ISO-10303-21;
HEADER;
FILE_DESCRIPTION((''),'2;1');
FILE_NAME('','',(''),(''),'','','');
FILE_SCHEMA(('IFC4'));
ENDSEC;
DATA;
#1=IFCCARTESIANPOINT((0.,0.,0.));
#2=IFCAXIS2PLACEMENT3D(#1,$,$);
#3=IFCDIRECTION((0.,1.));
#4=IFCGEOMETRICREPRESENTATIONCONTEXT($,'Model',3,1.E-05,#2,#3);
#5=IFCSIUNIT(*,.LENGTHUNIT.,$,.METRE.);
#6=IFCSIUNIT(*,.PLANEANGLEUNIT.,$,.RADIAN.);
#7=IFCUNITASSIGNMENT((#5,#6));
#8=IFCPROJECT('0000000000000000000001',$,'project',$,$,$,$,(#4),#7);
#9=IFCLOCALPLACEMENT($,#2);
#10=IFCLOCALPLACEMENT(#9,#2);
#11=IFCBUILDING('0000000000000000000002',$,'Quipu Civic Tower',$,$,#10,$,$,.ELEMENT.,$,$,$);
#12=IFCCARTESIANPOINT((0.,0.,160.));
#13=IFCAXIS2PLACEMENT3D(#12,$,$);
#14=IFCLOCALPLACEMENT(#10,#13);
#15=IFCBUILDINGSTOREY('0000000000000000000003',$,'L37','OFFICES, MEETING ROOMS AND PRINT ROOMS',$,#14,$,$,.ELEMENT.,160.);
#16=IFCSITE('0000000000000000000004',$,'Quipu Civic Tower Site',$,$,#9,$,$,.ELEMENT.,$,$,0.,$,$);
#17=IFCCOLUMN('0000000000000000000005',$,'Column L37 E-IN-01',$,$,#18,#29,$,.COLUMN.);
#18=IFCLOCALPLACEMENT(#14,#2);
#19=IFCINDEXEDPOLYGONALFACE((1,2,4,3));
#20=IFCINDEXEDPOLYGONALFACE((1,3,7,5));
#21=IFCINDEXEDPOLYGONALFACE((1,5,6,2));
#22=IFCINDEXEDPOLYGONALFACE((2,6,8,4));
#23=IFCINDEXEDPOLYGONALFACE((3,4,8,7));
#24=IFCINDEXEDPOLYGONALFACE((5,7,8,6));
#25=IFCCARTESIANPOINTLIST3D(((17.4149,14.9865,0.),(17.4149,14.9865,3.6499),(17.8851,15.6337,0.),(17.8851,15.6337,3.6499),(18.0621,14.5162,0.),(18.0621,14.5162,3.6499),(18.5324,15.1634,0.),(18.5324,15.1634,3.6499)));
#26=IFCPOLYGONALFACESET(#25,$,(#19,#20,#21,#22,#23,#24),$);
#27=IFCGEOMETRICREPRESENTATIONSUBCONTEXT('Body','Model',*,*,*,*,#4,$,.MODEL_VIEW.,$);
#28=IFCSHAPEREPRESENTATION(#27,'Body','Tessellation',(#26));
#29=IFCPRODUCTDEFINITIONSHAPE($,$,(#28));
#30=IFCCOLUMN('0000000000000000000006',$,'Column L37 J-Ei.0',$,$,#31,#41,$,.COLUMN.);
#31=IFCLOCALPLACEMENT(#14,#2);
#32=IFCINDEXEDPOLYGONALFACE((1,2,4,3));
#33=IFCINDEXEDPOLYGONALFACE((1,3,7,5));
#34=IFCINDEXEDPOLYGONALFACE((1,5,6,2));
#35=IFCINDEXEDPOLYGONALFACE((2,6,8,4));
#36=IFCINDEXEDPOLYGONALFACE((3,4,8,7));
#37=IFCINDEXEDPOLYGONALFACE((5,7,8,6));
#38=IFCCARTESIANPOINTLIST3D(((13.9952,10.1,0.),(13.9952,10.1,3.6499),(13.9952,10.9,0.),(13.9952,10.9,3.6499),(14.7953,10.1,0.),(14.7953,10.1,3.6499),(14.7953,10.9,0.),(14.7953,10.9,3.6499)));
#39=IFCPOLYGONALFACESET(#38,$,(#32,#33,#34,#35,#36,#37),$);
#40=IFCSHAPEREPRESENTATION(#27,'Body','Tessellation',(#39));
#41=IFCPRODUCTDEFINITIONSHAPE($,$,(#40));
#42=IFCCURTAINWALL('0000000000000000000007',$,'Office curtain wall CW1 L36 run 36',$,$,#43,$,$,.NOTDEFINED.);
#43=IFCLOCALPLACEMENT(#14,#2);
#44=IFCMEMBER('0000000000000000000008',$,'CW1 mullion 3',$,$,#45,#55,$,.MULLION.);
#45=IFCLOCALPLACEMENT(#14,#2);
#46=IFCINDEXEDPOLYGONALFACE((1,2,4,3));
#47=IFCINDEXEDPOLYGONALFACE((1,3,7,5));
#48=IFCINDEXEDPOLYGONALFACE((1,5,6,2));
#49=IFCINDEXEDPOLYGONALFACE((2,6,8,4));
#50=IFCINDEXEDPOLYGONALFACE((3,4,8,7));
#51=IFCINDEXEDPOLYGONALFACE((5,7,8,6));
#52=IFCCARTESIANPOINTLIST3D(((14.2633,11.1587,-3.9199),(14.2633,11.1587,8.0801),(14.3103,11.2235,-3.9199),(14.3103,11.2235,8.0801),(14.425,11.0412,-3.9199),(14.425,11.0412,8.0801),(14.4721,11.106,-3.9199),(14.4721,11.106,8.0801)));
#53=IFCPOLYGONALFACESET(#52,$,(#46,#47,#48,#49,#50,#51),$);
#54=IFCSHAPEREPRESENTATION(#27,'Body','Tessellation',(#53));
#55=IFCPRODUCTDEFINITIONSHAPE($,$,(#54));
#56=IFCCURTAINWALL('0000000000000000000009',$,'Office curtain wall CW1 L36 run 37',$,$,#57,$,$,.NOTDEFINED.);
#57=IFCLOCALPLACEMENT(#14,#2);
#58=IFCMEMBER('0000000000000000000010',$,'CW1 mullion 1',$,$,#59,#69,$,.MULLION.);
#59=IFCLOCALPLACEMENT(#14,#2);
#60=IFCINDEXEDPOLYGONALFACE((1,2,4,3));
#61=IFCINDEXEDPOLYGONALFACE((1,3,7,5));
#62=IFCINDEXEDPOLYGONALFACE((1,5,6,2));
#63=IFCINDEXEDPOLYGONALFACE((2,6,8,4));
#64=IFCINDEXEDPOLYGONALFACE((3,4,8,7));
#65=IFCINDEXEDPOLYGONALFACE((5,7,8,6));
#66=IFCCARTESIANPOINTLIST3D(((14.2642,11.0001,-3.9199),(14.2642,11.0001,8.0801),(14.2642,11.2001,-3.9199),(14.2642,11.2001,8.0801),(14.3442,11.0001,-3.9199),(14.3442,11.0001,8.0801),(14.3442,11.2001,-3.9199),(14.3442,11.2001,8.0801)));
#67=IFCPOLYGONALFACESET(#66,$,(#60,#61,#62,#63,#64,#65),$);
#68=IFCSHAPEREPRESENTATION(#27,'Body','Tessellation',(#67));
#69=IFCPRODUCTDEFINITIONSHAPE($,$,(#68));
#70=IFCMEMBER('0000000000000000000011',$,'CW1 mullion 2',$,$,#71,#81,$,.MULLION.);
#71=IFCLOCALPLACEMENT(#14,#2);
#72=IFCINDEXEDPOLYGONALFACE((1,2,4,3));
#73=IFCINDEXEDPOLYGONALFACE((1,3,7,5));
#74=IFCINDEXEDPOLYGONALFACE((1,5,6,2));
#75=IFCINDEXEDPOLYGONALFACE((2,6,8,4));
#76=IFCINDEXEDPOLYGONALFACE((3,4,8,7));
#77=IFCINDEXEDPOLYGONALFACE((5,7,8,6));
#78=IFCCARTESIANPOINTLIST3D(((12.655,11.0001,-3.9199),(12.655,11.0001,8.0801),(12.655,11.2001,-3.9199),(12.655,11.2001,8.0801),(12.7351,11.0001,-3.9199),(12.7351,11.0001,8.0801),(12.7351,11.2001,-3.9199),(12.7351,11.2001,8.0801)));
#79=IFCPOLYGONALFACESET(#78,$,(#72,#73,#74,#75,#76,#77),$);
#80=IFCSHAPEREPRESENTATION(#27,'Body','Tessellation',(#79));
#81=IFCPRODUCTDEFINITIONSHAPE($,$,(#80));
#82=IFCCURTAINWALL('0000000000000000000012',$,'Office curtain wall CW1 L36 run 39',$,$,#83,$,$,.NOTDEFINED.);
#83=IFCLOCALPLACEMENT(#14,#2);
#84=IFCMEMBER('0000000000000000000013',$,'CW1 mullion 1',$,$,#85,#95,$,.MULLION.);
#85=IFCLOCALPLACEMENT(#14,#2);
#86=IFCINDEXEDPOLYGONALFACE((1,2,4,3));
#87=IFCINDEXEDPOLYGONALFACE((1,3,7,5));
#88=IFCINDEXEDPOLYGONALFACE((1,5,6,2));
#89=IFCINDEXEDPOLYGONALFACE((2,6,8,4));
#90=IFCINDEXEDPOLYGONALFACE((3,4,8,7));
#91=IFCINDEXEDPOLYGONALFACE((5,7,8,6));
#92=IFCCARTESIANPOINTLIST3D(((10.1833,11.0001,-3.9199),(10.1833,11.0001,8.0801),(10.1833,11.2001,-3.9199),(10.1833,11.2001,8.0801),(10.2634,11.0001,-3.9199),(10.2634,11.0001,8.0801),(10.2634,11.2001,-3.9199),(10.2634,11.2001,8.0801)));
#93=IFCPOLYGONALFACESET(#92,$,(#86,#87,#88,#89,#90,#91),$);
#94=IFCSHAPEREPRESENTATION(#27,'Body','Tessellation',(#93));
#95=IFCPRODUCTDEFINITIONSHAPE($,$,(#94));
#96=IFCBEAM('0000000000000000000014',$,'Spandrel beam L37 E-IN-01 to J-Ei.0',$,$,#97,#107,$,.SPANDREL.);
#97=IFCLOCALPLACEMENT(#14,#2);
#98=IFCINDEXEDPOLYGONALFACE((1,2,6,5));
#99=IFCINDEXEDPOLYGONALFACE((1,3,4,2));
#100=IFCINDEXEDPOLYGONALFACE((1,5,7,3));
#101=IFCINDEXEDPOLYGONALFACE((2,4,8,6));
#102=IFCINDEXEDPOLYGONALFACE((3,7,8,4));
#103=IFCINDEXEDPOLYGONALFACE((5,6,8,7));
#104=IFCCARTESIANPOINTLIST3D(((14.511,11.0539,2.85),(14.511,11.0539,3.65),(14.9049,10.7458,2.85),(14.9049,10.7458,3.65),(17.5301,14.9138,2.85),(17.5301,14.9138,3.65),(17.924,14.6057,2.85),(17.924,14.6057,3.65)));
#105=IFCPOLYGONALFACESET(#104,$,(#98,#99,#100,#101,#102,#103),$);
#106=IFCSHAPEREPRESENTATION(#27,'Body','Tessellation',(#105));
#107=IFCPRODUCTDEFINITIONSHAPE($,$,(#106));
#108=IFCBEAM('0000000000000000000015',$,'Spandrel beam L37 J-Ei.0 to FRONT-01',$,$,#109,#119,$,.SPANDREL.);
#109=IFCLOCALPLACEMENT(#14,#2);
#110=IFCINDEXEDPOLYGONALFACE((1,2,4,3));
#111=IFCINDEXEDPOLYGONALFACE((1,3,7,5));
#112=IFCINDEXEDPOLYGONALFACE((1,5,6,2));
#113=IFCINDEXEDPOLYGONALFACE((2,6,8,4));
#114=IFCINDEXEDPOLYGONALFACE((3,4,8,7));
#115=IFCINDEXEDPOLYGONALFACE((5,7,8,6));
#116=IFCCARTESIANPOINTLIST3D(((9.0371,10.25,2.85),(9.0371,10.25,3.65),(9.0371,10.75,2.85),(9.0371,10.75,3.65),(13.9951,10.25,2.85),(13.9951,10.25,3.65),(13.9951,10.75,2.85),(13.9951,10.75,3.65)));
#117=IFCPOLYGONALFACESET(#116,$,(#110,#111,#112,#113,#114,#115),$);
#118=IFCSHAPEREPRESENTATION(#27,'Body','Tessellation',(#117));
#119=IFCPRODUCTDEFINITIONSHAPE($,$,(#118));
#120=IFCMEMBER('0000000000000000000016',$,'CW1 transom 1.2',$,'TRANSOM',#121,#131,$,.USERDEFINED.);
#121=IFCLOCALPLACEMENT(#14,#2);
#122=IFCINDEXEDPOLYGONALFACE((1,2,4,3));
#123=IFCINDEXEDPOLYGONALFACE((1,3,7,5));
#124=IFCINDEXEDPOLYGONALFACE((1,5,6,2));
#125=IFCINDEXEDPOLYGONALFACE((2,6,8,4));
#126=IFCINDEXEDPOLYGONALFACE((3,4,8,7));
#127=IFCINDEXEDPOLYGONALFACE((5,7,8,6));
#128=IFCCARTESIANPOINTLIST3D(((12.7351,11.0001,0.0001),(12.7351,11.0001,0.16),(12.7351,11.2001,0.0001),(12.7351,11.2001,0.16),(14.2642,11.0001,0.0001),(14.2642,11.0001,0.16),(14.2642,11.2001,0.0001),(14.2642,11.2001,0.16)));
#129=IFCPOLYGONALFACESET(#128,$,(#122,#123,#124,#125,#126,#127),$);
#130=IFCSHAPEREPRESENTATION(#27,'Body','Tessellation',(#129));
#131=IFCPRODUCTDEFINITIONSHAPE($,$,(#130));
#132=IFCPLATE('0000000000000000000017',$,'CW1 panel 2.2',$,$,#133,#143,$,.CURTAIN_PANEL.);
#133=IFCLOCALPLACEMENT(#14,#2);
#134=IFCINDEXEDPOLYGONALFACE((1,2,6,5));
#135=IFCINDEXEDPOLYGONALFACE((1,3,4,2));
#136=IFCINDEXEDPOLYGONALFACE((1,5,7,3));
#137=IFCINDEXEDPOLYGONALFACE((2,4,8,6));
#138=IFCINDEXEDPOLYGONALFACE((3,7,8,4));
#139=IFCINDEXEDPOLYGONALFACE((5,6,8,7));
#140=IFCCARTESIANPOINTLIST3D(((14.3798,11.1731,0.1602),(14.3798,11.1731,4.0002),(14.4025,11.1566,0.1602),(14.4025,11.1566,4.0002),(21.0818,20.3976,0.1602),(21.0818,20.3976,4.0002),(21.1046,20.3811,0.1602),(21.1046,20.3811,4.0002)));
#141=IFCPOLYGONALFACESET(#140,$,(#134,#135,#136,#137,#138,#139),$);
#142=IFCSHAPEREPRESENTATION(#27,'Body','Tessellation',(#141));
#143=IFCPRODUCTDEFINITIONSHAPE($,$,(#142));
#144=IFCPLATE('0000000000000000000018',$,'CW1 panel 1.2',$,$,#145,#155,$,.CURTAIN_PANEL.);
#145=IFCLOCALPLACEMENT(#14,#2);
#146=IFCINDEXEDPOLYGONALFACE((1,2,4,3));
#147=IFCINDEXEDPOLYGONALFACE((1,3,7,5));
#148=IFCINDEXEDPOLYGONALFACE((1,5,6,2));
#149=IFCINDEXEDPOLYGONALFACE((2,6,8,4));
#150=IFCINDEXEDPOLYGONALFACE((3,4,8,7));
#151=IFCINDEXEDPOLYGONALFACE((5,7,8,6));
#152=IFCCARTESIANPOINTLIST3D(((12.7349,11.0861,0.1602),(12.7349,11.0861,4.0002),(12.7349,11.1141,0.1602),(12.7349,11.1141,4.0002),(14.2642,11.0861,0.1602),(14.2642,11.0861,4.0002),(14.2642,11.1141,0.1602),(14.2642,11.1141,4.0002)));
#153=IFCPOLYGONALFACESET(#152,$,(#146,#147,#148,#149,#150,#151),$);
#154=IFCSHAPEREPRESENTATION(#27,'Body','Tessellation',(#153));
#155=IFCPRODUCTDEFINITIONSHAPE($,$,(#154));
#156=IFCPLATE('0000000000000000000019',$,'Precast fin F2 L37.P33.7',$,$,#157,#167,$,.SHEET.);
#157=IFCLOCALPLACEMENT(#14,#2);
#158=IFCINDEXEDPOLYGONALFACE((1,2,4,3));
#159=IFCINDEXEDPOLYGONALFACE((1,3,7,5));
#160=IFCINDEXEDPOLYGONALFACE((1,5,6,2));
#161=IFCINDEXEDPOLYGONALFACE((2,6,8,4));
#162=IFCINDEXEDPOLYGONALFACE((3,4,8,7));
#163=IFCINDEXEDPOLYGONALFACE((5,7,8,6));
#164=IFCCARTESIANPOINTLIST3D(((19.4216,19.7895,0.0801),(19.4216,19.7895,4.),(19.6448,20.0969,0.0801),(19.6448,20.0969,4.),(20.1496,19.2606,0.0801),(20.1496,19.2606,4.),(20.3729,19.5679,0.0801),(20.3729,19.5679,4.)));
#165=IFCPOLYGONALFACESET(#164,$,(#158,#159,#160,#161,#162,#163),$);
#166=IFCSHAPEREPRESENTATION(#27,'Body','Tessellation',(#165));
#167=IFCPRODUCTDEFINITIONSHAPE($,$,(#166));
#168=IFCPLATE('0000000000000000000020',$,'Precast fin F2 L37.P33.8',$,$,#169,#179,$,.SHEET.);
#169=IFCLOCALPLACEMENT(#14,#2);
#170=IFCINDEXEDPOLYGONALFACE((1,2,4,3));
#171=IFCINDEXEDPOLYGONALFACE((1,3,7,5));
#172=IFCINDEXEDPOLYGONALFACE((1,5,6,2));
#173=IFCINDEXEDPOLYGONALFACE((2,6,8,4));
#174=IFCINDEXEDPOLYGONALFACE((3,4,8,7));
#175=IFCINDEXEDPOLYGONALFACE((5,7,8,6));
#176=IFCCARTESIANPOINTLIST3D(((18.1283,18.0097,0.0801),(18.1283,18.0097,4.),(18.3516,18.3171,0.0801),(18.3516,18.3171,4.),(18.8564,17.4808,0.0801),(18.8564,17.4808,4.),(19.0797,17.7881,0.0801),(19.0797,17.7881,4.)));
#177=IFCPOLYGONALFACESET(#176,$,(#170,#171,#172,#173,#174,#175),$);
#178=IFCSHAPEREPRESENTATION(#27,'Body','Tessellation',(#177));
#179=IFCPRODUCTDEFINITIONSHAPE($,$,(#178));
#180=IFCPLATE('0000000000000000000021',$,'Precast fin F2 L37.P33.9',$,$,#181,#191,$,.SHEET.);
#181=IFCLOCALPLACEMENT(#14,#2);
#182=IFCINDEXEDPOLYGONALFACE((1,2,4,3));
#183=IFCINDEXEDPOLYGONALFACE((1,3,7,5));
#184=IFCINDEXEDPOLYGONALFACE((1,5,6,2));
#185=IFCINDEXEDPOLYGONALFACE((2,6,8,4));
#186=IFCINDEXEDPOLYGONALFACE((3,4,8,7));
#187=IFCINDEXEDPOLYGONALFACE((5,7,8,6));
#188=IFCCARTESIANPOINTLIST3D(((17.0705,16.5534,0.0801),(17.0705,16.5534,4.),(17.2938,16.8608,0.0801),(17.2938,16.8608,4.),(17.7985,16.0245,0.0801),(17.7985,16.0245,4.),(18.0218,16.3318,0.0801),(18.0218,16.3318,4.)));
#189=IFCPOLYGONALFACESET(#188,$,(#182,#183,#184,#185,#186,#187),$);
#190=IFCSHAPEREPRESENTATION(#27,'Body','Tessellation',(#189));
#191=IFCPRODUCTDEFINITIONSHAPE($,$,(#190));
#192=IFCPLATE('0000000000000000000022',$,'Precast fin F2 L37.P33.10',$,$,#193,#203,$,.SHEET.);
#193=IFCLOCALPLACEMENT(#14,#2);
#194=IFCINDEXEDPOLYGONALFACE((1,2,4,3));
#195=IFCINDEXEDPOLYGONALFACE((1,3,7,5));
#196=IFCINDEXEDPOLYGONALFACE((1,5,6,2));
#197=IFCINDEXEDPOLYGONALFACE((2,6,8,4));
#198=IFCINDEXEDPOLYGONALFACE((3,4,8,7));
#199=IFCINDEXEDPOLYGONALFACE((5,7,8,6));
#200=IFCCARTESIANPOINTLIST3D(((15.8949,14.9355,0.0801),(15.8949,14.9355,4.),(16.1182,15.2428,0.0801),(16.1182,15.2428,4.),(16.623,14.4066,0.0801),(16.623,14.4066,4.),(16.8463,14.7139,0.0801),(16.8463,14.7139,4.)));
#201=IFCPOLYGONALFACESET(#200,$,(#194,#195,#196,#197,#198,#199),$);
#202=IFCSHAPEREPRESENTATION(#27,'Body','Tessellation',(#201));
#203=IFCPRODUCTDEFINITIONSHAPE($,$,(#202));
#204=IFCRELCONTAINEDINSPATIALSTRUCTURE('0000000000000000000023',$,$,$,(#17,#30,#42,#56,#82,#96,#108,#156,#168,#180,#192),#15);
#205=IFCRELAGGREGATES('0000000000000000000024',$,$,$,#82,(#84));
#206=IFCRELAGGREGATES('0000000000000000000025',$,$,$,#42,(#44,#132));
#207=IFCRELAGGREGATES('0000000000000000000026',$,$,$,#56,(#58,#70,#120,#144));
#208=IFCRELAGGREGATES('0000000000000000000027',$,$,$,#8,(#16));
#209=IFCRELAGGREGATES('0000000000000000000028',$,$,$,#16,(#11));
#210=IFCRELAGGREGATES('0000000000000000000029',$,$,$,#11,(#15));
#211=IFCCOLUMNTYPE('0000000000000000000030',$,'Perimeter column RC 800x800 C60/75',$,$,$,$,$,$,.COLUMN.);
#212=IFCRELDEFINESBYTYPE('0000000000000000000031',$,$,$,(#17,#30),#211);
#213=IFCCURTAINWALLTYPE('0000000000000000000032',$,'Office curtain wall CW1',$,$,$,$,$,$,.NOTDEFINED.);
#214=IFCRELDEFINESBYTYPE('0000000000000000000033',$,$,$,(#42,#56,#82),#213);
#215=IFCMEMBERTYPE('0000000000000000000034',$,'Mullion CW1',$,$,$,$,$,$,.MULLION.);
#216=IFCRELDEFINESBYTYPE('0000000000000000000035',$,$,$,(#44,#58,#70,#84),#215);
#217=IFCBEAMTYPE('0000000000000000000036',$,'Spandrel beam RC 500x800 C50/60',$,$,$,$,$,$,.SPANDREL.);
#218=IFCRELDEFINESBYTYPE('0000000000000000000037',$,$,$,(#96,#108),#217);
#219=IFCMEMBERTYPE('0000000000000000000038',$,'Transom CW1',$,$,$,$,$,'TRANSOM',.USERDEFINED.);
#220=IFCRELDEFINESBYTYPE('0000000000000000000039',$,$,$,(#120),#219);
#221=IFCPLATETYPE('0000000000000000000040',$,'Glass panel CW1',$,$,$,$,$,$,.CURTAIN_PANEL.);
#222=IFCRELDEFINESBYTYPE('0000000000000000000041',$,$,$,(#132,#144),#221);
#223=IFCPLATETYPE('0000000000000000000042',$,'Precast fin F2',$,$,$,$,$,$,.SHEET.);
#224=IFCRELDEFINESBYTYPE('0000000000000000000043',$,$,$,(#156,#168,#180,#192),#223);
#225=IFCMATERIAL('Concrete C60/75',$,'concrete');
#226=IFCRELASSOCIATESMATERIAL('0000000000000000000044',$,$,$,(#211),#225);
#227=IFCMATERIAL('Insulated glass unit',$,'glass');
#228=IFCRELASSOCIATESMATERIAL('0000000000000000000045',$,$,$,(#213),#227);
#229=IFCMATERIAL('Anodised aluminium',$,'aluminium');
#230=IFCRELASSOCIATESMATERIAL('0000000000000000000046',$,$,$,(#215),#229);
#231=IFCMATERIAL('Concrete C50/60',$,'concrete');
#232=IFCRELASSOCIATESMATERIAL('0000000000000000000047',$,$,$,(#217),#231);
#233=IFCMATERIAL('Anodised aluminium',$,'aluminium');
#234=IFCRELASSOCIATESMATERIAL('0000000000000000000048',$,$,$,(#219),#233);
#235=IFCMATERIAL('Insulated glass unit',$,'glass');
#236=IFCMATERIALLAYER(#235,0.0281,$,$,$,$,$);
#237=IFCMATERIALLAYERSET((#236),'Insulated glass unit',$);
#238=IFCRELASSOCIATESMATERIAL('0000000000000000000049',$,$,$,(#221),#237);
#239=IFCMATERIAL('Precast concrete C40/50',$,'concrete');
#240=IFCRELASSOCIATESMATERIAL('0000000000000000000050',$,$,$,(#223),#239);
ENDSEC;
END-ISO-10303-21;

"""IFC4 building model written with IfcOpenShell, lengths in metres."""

from ifc_helpers import new_model, si_unit, direction, frame, origin, origin_2d, place, context, subcontext, project, spatial, rectangle, extrude, material, layer, layer_set, material_profile, profile_set, type_object, element, aggregate, save


model = new_model("IFC4")

# Units and contexts
model_context = context("Model", 3, precision=1e-05, world=origin(), true_north=direction((0.0, 1.0)))
body_context = subcontext(model_context, "Body", "Model", "MODEL_VIEW")
ifc_project = project(units=[si_unit("LENGTHUNIT", "METRE"), si_unit("PLANEANGLEUNIT", "RADIAN")], contexts=[model_context])

# Site, building, storey
site_placement = place(None, origin())
site = spatial("IfcSite", under=ifc_project, at=site_placement, Name="Quipu Civic Tower Site", CompositionType="ELEMENT", RefElevation=0.0)
building_placement = place(site_placement, origin())
building = spatial("IfcBuilding", under=site, at=building_placement, Name="Quipu Civic Tower", CompositionType="ELEMENT")
storey_placement = place(building_placement, frame((0.0, 0.0, 160.0)))
storey = spatial("IfcBuildingStorey", under=building, at=storey_placement, Name="L37", Description="OFFICES, MEETING ROOMS AND PRINT ROOMS", CompositionType="ELEMENT", Elevation=160.0)

# Columns
ifc_material_1 = material(Name="Concrete C60/75", Category="concrete")
ifc_material_profile_1 = material_profile(ifc_material_1, rectangle(XDim=0.8, YDim=0.8, at=origin_2d()), Name="RC800x800")
ifc_profile_set_1 = profile_set([ifc_material_profile_1], Name="Concrete C60/75")
column_type = type_object("IfcColumnType", Name="Perimeter column RC 800x800 C60/75", PredefinedType="COLUMN", material=ifc_profile_set_1)
for number, where, z_axis, x_axis, name in (
    (1, (17.9736, 15.075, 0.0), (0.0, 0.0, 1.0), (-0.587785, -0.809017, 0.0), "Column L37 E-IN-01"),
    (2, (14.3953, 10.5, 0.0), (0.0, 0.0, 1.0), (-1.0, 0.0, 0.0), "Column L37 J-Ei.0"),
):
    element("IfcColumn", number, at=place(storey_placement, frame(where, z_axis=z_axis, x_axis=x_axis)), inside=storey, type_object=column_type, Name=name, PredefinedType="COLUMN", context=body_context, shape_type="SweptSolid", body=[
        extrude(rectangle(XDim=0.8, YDim=0.8, at=origin_2d()), origin(), (0.0, 0.0, 1.0), 3.6499),
    ])

# Curtain wall, member
ifc_material_2 = material(Name="Insulated glass unit", Category="glass")
curtain_wall_type = type_object("IfcCurtainWallType", Name="Office curtain wall CW1", PredefinedType="NOTDEFINED", material=ifc_material_2)
curtain_wall_1_placement = place(storey_placement, origin())
curtain_wall_1 = element("IfcCurtainWall", 3, at=curtain_wall_1_placement, inside=storey, type_object=curtain_wall_type, Name="Office curtain wall CW1 L36 run 36", PredefinedType="NOTDEFINED")
ifc_material_3 = material(Name="Anodised aluminium", Category="aluminium")
ifc_material_profile_2 = material_profile(ifc_material_3, rectangle(XDim=0.2, YDim=0.0801, at=origin_2d()), Name="RECT 200x80")
ifc_profile_set_2 = profile_set([ifc_material_profile_2], Name="Anodised aluminium")
member_type_1 = type_object("IfcMemberType", Name="Mullion CW1", PredefinedType="MULLION", material=ifc_profile_set_2)
member_1_placement = place(storey_placement, frame((14.3677, 11.1323, -3.9199), z_axis=(0.0, 0.0, 1.0), x_axis=(0.809014, -0.587789, 0.0)))
member_1 = element("IfcMember", 4, at=member_1_placement, type_object=member_type_1, Name="CW1 mullion 3", PredefinedType="MULLION", context=body_context, shape_type="SweptSolid", body=[
    extrude(rectangle(XDim=0.2, YDim=0.0801, at=origin_2d()), origin(), (0.0, 0.0, 1.0), 12.0),
])

# Curtain wall, members
curtain_wall_2_placement = place(storey_placement, origin())
curtain_wall_2 = element("IfcCurtainWall", 5, at=curtain_wall_2_placement, inside=storey, type_object=curtain_wall_type, Name="Office curtain wall CW1 L36 run 37", PredefinedType="NOTDEFINED")
member_2_placement = place(storey_placement, frame((14.3042, 11.1001, -3.9199), z_axis=(0.0, 0.0, 1.0), x_axis=(0.0, -1.0, 0.0)))
member_2 = element("IfcMember", 6, at=member_2_placement, type_object=member_type_1, Name="CW1 mullion 1", PredefinedType="MULLION", context=body_context, shape_type="SweptSolid", body=[
    extrude(rectangle(XDim=0.2, YDim=0.0801, at=origin_2d()), origin(), (0.0, 0.0, 1.0), 12.0),
])
member_3_placement = place(storey_placement, frame((12.6951, 11.1001, -3.9199), z_axis=(0.0, 0.0, 1.0), x_axis=(0.0, -1.0, 0.0)))
member_3 = element("IfcMember", 7, at=member_3_placement, type_object=member_type_1, Name="CW1 mullion 2", PredefinedType="MULLION", context=body_context, shape_type="SweptSolid", body=[
    extrude(rectangle(XDim=0.2, YDim=0.0801, at=origin_2d()), origin(), (0.0, 0.0, 1.0), 12.0),
])

# Curtain wall, member
curtain_wall_3_placement = place(storey_placement, origin())
curtain_wall_3 = element("IfcCurtainWall", 8, at=curtain_wall_3_placement, inside=storey, type_object=curtain_wall_type, Name="Office curtain wall CW1 L36 run 39", PredefinedType="NOTDEFINED")
member_4_placement = place(storey_placement, frame((10.2234, 11.1001, -3.9199), z_axis=(0.0, 0.0, 1.0), x_axis=(0.0, -1.0, 0.0)))
member_4 = element("IfcMember", 9, at=member_4_placement, type_object=member_type_1, Name="CW1 mullion 1", PredefinedType="MULLION", context=body_context, shape_type="SweptSolid", body=[
    extrude(rectangle(XDim=0.2, YDim=0.0801, at=origin_2d()), origin(), (0.0, 0.0, 1.0), 12.0),
])
aggregate(curtain_wall_3, [member_4])

# Beams
ifc_material_4 = material(Name="Concrete C50/60", Category="concrete")
ifc_material_profile_3 = material_profile(ifc_material_4, rectangle(XDim=0.5, YDim=0.8, at=origin_2d()), Name="RC500x800")
ifc_profile_set_3 = profile_set([ifc_material_profile_3], Name="Concrete C50/60")
beam_type = type_object("IfcBeamType", Name="Spandrel beam RC 500x800 C50/60", PredefinedType="SPANDREL", material=ifc_profile_set_3)
beam_1_placement = place(storey_placement, frame((17.7271, 14.7598, 3.25), z_axis=(-0.616091, -0.787675, 0.0), x_axis=(0.787675, -0.616091, 0.0)))
element("IfcBeam", 10, at=beam_1_placement, inside=storey, type_object=beam_type, Name="Spandrel beam L37 E-IN-01 to J-Ei.0", PredefinedType="SPANDREL", context=body_context, shape_type="SweptSolid", body=[
    extrude(rectangle(XDim=0.5, YDim=0.8, at=origin_2d()), origin(), (0.0, 0.0, 1.0), 4.9004),
])
beam_2_placement = place(storey_placement, frame((13.9951, 10.5, 3.25), z_axis=(-1.0, 0.0, 0.0), x_axis=(0.0, -1.0, 0.0)))
element("IfcBeam", 11, at=beam_2_placement, inside=storey, type_object=beam_type, Name="Spandrel beam L37 J-Ei.0 to FRONT-01", PredefinedType="SPANDREL", context=body_context, shape_type="SweptSolid", body=[
    extrude(rectangle(XDim=0.5, YDim=0.8, at=origin_2d()), origin(), (0.0, 0.0, 1.0), 4.958),
])

# Member
ifc_material_5 = material(Name="Anodised aluminium", Category="aluminium")
ifc_material_profile_4 = material_profile(ifc_material_5, rectangle(XDim=0.2, YDim=0.1599, at=origin_2d()), Name="RECT 200x160")
ifc_profile_set_4 = profile_set([ifc_material_profile_4], Name="Anodised aluminium")
member_type_2 = type_object("IfcMemberType", Name="Transom CW1", ElementType="TRANSOM", PredefinedType="USERDEFINED", material=ifc_profile_set_4)
member_5_placement = place(storey_placement, frame((14.2642, 11.1001, 0.0801), z_axis=(-1.0, 0.0, 0.0), x_axis=(0.0, -1.0, 0.0)))
member_5 = element("IfcMember", 12, at=member_5_placement, type_object=member_type_2, Name="CW1 transom 1.2", ObjectType="TRANSOM", PredefinedType="USERDEFINED", context=body_context, shape_type="SweptSolid", body=[
    extrude(rectangle(XDim=0.2, YDim=0.1599, at=origin_2d()), origin(), (0.0, 0.0, 1.0), 1.5291),
])

# Plates
ifc_material_6 = material(Name="Insulated glass unit", Category="glass")
ifc_layer_1 = layer(ifc_material_6, 0.0281)
ifc_layer_set_1 = layer_set([ifc_layer_1], Name="Insulated glass unit")
plate_type_1 = type_object("IfcPlateType", Name="Glass panel CW1", PredefinedType="CURTAIN_PANEL", material=ifc_layer_set_1)
plate_1_placement = place(storey_placement, frame((17.7422, 15.7771, 0.1602), z_axis=(0.0, 0.0, 1.0), x_axis=(-0.587789, -0.809014, 0.0)))
plate_1 = element("IfcPlate", 13, at=plate_1_placement, type_object=plate_type_1, Name="CW1 panel 2.2", PredefinedType="CURTAIN_PANEL", context=body_context, shape_type="SweptSolid", body=[
    extrude(rectangle(XDim=11.4021, YDim=0.0281, at=origin_2d()), origin(), (0.0, 0.0, 1.0), 3.8401),
])
aggregate(curtain_wall_1, [member_1, plate_1])
plate_2_placement = place(storey_placement, frame((13.4995, 11.1001, 0.1602), z_axis=(0.0, 0.0, 1.0), x_axis=(-1.0, 0.0, 0.0)))
plate_2 = element("IfcPlate", 14, at=plate_2_placement, type_object=plate_type_1, Name="CW1 panel 1.2", PredefinedType="CURTAIN_PANEL", context=body_context, shape_type="SweptSolid", body=[
    extrude(rectangle(XDim=1.5293, YDim=0.0281, at=origin_2d()), origin(), (0.0, 0.0, 1.0), 3.8401),
])
aggregate(curtain_wall_2, [member_2, member_3, member_5, plate_2])

# Plates
ifc_material_7 = material(Name="Precast concrete C40/50", Category="concrete")
plate_type_2 = type_object("IfcPlateType", Name="Precast fin F2", PredefinedType="SHEET", material=ifc_material_7)
for number, where, z_axis, x_axis, name in (
    (15, (19.8972, 19.6787, 0.0801), (0.0, 0.0, 1.0), (-0.587787, -0.809016, 0.0), "Precast fin F2 L37.P33.7"),
    (16, (18.604, 17.8989, 0.0801), (0.0, 0.0, 1.0), (-0.587787, -0.809016, 0.0), "Precast fin F2 L37.P33.8"),
    (17, (17.5461, 16.4426, 0.0801), (0.0, 0.0, 1.0), (-0.587787, -0.809016, 0.0), "Precast fin F2 L37.P33.9"),
    (18, (16.3706, 14.8247, 0.0801), (0.0, 0.0, 1.0), (-0.587787, -0.809016, 0.0), "Precast fin F2 L37.P33.10"),
):
    element("IfcPlate", number, at=place(storey_placement, frame(where, z_axis=z_axis, x_axis=x_axis)), inside=storey, type_object=plate_type_2, Name=name, PredefinedType="SHEET", context=body_context, shape_type="SweptSolid", body=[
        extrude(rectangle(XDim=0.3799, YDim=0.8999, at=origin_2d()), origin(), (0.0, 0.0, 1.0), 3.9199),
    ])

save(model, "model.ifc")
